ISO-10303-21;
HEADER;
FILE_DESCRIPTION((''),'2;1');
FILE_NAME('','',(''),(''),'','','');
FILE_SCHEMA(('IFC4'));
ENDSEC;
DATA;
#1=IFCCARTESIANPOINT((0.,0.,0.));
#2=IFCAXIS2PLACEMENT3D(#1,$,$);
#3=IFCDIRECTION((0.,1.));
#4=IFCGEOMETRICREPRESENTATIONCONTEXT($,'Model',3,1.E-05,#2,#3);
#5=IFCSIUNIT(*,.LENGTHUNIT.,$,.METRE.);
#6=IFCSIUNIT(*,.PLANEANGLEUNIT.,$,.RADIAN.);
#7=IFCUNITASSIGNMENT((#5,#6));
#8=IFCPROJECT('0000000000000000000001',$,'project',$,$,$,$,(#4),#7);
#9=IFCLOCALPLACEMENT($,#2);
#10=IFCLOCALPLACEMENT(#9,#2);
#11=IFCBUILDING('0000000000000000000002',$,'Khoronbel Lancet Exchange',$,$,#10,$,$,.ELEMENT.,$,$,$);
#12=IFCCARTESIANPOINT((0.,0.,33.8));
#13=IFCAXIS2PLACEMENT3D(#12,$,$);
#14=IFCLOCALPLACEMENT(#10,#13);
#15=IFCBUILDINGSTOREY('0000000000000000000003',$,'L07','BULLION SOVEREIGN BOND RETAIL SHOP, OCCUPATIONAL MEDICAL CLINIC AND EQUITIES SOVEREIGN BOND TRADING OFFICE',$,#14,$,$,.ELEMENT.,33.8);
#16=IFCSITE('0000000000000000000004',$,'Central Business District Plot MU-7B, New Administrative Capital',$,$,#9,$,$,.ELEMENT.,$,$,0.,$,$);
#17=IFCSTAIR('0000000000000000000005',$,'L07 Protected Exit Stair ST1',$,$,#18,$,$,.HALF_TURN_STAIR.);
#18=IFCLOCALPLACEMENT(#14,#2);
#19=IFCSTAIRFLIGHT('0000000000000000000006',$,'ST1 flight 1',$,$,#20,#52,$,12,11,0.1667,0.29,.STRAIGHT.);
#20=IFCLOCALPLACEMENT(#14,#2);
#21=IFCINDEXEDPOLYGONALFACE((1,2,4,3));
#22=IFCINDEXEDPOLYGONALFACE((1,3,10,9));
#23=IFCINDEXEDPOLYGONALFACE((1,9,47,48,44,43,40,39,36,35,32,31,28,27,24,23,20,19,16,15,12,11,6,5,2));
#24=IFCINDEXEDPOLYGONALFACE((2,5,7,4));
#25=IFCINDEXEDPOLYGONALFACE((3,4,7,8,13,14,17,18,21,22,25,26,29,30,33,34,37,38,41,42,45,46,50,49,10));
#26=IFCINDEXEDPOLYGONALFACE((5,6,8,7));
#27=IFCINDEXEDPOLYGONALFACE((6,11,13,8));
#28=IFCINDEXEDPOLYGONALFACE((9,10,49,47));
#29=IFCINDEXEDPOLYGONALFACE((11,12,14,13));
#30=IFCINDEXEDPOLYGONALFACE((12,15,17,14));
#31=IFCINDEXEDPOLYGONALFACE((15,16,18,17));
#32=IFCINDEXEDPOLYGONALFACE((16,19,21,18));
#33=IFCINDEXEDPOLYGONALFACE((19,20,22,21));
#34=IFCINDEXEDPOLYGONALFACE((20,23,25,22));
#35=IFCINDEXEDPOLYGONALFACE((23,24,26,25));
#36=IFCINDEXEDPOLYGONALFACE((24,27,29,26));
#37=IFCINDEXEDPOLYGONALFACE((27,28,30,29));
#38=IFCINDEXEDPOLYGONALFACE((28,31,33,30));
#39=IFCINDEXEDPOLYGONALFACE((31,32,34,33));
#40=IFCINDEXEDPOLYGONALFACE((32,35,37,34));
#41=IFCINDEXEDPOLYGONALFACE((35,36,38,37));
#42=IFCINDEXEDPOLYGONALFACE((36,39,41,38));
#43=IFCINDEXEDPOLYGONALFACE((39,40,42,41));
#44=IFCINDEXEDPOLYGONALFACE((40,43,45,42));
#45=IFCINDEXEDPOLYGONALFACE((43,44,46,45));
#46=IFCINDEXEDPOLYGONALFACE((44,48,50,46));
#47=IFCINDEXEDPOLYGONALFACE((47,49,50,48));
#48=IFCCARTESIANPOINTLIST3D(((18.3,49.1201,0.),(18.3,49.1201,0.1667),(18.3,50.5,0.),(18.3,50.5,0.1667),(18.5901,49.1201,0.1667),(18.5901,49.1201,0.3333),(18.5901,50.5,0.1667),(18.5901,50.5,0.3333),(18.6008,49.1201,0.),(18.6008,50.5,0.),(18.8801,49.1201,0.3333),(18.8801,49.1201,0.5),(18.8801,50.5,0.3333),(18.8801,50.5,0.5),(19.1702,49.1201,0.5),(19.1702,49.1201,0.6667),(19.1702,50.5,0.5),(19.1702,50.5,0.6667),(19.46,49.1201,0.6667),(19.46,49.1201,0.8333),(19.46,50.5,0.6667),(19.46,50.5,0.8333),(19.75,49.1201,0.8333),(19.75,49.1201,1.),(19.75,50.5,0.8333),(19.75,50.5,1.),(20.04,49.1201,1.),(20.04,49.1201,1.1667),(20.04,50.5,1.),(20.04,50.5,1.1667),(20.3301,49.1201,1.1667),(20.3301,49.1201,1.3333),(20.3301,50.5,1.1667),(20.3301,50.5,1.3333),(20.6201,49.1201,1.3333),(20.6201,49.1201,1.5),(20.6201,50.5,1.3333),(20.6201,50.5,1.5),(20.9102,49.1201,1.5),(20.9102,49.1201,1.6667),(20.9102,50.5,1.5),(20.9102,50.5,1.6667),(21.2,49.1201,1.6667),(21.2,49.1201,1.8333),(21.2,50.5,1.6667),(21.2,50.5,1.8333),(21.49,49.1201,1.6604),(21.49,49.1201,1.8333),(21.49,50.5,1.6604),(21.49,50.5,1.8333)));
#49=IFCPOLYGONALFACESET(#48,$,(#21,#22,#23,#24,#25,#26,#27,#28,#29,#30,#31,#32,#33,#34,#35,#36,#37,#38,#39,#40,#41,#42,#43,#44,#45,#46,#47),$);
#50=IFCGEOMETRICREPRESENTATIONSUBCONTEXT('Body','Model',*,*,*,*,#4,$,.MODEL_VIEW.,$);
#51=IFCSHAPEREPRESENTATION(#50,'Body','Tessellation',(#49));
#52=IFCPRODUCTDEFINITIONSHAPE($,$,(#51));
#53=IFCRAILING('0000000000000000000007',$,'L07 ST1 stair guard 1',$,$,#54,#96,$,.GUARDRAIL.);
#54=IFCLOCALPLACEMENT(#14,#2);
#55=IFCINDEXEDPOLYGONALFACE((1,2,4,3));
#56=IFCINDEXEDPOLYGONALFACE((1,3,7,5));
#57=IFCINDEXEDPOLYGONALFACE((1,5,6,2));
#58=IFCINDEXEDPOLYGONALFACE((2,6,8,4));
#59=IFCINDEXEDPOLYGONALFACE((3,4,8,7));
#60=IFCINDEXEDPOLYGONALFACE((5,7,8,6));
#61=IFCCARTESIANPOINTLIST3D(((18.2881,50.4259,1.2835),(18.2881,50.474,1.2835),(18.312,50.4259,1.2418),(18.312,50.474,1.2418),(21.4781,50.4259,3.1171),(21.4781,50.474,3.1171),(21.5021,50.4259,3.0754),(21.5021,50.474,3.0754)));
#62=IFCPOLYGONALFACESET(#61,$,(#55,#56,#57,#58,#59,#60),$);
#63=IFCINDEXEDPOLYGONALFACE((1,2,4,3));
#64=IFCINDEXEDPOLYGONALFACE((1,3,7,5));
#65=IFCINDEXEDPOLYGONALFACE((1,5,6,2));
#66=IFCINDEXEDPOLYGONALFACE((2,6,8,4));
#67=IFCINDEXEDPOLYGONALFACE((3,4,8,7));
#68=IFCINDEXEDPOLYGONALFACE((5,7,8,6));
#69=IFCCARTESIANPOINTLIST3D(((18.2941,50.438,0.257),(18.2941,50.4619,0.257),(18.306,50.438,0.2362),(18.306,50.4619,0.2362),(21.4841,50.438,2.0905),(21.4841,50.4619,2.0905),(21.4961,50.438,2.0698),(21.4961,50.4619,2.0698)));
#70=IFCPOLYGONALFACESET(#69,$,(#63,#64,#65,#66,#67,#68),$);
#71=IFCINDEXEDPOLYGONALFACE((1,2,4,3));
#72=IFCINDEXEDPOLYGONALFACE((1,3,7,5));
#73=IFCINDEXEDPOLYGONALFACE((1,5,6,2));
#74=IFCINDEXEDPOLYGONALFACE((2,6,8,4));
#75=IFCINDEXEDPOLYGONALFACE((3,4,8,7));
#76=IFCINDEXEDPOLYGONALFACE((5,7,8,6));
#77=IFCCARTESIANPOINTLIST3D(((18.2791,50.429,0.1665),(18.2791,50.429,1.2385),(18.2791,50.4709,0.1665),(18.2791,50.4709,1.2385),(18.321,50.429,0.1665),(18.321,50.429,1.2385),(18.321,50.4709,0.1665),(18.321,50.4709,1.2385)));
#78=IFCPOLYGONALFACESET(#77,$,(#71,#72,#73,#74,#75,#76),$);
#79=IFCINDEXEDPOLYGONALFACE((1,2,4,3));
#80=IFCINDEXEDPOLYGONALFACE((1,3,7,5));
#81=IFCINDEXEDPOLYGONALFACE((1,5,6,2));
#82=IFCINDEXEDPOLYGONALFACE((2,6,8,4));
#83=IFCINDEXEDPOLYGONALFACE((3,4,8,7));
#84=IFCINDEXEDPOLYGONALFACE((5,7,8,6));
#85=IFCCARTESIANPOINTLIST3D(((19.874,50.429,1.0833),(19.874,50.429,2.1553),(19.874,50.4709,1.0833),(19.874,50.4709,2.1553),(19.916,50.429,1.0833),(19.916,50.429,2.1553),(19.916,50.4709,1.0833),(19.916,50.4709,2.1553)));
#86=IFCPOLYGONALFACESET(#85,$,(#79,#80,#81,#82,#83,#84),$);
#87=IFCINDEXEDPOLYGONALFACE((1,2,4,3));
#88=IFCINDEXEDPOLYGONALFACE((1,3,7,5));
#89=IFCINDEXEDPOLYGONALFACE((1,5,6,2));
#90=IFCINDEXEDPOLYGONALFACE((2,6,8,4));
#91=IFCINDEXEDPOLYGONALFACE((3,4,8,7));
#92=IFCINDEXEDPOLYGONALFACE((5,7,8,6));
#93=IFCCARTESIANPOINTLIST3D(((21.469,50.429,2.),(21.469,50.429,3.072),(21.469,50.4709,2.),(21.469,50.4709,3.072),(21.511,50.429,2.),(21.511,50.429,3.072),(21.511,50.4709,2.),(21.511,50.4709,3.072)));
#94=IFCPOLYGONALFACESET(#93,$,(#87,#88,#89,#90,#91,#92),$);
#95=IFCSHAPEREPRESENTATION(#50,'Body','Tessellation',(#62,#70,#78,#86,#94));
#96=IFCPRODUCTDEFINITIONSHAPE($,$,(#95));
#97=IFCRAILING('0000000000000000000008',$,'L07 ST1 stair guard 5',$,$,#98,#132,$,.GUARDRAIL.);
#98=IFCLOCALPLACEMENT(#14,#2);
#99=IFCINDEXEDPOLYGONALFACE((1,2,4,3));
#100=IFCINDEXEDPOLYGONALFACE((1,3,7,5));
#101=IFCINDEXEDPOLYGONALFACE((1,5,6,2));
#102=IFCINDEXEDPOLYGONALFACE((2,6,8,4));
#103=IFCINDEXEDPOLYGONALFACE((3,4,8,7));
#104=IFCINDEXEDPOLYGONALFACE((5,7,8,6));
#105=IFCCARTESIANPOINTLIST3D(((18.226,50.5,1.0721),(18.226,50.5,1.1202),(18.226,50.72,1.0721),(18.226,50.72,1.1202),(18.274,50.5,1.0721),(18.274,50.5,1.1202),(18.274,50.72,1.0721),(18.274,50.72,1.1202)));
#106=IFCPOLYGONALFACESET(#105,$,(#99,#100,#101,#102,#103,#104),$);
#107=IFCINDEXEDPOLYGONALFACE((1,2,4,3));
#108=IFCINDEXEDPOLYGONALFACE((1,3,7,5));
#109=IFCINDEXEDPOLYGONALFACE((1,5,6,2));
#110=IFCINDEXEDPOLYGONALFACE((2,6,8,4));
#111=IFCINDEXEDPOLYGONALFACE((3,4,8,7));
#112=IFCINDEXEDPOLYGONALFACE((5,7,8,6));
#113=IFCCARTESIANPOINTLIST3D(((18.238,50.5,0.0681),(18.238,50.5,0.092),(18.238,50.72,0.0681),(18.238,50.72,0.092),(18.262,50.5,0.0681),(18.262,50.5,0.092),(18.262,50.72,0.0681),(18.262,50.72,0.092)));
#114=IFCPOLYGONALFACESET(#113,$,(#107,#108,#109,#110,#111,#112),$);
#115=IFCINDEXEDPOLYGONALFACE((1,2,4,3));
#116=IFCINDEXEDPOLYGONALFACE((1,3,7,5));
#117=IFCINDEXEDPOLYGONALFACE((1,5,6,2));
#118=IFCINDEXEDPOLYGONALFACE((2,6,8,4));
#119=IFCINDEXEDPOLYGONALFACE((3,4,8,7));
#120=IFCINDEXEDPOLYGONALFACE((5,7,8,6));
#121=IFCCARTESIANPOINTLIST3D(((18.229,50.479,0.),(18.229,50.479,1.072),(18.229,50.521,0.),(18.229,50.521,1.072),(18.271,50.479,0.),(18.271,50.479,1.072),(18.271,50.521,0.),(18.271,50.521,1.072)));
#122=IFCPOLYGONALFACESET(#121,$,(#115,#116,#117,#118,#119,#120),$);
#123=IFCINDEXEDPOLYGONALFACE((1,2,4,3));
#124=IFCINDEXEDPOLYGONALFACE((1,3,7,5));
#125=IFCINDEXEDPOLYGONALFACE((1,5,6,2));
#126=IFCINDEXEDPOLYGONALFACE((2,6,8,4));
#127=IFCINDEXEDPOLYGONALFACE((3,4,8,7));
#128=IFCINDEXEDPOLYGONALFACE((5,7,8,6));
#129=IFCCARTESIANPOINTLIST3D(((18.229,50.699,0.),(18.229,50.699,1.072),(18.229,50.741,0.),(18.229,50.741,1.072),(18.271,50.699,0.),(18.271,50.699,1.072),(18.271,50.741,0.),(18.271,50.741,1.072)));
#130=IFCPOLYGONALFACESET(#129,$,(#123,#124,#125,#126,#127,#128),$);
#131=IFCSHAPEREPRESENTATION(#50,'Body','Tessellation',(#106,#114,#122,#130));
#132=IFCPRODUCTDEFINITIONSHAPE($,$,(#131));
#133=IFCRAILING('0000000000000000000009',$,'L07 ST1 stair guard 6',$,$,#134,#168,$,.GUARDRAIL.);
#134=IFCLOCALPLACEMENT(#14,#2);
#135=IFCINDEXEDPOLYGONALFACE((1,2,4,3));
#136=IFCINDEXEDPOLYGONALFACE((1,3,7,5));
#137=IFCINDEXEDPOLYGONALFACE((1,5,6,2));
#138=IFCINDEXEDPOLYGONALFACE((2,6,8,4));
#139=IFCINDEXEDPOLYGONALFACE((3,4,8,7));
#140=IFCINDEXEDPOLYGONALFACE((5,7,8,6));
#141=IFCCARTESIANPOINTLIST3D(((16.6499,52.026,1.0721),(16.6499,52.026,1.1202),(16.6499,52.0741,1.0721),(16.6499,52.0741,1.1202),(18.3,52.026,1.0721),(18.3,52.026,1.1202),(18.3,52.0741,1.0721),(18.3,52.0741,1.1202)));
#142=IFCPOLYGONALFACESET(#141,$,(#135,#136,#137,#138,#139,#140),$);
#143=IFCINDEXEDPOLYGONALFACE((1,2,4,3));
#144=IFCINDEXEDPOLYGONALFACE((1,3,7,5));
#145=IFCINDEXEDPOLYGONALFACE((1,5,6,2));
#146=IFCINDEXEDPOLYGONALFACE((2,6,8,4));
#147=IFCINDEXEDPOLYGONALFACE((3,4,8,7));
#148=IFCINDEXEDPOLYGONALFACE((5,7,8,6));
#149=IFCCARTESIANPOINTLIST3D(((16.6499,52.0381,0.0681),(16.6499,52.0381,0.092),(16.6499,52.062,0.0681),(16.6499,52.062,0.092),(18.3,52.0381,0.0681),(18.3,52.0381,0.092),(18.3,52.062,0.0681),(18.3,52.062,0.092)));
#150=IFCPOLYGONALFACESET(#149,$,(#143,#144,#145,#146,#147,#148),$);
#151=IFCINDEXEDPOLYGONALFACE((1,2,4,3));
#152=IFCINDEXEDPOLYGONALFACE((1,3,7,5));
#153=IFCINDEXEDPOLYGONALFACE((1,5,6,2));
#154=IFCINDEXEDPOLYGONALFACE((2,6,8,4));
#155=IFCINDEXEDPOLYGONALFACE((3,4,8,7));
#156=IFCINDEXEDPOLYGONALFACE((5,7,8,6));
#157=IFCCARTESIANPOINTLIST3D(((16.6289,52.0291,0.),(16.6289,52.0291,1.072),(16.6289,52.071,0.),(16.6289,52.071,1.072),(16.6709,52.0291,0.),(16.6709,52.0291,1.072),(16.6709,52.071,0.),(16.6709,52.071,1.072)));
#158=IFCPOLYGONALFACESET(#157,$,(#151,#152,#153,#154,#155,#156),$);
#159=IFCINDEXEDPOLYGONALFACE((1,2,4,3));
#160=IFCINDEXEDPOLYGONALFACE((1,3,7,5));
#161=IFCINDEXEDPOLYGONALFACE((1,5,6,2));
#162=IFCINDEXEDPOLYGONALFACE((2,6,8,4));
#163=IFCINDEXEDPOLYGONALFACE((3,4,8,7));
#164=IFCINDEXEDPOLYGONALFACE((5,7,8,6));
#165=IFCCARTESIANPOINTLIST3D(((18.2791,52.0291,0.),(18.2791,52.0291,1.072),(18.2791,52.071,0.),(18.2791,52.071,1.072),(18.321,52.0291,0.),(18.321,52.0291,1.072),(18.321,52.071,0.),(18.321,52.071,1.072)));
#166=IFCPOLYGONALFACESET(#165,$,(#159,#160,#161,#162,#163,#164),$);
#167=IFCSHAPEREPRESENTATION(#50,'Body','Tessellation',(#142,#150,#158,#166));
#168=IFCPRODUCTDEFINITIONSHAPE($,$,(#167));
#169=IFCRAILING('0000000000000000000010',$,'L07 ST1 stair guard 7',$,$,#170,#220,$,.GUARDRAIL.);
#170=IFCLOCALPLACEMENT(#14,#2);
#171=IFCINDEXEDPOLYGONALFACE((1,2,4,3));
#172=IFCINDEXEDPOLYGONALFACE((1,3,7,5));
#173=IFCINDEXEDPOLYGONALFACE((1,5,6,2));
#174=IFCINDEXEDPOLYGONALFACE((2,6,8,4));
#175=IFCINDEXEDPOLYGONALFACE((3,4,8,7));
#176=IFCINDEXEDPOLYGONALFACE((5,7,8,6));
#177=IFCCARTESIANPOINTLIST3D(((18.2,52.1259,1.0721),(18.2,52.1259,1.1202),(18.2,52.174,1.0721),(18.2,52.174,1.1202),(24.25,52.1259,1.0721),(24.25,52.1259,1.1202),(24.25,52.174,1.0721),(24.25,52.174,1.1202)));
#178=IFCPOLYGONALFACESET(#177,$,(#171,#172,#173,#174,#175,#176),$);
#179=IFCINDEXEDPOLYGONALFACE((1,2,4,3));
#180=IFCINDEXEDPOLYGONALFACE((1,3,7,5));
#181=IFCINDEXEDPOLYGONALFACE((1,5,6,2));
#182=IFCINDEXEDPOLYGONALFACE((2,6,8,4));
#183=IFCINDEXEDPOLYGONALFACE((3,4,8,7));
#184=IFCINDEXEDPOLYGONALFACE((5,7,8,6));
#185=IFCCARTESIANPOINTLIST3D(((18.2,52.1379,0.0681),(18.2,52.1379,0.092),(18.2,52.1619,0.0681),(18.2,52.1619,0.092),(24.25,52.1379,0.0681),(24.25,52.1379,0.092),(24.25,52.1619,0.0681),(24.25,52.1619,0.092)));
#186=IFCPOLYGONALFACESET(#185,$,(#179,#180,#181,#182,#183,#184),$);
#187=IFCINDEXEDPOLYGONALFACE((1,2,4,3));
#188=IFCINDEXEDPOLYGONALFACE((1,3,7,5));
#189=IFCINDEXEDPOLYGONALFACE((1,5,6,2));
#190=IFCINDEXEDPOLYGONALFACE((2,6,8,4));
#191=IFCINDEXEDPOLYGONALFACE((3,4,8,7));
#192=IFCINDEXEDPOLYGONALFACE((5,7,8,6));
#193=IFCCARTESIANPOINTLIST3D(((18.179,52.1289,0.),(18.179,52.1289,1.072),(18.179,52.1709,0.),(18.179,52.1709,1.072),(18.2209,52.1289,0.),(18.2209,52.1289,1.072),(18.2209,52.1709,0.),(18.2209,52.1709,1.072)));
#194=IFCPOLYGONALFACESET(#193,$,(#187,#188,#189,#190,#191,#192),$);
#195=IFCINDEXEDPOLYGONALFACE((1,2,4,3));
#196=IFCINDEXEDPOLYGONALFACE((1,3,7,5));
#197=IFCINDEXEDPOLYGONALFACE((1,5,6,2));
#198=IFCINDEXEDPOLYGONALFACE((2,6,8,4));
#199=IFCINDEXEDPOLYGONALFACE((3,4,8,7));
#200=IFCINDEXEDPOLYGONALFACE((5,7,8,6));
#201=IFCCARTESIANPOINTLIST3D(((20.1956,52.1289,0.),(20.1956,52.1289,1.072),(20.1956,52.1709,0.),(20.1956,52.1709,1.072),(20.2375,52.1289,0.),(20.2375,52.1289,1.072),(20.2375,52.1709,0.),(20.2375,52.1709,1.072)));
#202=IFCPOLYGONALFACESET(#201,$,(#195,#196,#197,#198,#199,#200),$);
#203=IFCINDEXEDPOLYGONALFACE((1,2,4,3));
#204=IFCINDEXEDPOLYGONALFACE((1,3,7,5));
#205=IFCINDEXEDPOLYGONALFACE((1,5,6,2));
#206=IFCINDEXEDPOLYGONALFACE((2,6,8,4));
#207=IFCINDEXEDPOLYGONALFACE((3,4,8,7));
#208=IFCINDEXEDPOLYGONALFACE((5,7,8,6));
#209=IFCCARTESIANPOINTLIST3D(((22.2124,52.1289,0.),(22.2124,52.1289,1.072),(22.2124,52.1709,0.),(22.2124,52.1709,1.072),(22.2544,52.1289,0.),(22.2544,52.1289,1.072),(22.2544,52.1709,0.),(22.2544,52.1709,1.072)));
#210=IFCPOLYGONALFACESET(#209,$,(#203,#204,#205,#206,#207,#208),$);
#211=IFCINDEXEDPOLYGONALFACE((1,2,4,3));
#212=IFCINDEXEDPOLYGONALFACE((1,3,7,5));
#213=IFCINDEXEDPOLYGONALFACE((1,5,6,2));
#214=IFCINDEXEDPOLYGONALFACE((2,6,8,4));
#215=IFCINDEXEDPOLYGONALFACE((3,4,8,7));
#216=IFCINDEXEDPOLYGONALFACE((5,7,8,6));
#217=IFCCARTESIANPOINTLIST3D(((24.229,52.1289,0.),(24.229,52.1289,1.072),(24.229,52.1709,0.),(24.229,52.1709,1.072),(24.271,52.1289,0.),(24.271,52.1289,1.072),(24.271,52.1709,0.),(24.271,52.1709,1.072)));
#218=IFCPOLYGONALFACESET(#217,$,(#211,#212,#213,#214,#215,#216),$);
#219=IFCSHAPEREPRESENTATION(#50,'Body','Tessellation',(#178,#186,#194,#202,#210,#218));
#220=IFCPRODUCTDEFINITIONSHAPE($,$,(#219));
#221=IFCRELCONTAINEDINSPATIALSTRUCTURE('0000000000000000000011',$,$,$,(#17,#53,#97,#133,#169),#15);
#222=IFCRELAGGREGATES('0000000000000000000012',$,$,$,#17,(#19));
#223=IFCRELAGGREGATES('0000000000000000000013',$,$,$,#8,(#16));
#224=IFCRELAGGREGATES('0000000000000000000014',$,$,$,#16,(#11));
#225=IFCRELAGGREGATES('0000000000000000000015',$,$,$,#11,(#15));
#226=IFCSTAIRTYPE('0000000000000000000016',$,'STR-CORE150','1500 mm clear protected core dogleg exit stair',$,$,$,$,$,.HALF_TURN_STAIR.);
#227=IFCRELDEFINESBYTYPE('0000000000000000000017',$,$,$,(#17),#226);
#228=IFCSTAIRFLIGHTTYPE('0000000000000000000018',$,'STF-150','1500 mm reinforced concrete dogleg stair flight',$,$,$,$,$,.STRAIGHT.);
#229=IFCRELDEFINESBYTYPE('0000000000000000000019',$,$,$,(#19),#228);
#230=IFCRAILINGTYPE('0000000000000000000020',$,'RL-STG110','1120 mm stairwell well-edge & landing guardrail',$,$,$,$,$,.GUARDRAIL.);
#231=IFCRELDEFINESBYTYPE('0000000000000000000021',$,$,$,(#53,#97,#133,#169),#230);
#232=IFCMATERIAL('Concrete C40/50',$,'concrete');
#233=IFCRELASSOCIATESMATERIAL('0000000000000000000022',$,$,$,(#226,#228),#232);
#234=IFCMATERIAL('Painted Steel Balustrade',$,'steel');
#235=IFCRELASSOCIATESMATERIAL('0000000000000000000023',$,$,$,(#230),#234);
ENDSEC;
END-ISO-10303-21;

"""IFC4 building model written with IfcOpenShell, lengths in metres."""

from ifc_helpers import new_model, si_unit, direction, frame, origin, origin_2d, place, context, subcontext, project, spatial, polyline, rectangle, outline, extrude, material, type_object, element, aggregate, save


model = new_model("IFC4")

# Units and contexts
model_context = context("Model", 3, precision=1e-05, world=origin(), true_north=direction((0.0, 1.0)))
body_context = subcontext(model_context, "Body", "Model", "MODEL_VIEW")
ifc_project = project(units=[si_unit("LENGTHUNIT", "METRE"), si_unit("PLANEANGLEUNIT", "RADIAN")], contexts=[model_context])

# Site, building, storey
site_placement = place(None, origin())
site = spatial("IfcSite", under=ifc_project, at=site_placement, Name="Central Business District Plot MU-7B, New Administrative Capital", CompositionType="ELEMENT", RefElevation=0.0)
building_placement = place(site_placement, origin())
building = spatial("IfcBuilding", under=site, at=building_placement, Name="Khoronbel Lancet Exchange", CompositionType="ELEMENT")
storey_placement = place(building_placement, frame((0.0, 0.0, 33.8)))
storey = spatial("IfcBuildingStorey", under=building, at=storey_placement, Name="L07", Description="BULLION SOVEREIGN BOND RETAIL SHOP, OCCUPATIONAL MEDICAL CLINIC AND EQUITIES SOVEREIGN BOND TRADING OFFICE", CompositionType="ELEMENT", Elevation=33.8)

# Stair, stair flight
ifc_material_1 = material(Name="Concrete C40/50", Category="concrete")
stair_type = type_object("IfcStairType", Name="STR-CORE150", Description="1500 mm clear protected core dogleg exit stair", PredefinedType="HALF_TURN_STAIR", material=ifc_material_1)
stair_placement = place(storey_placement, origin())
stair = element("IfcStair", 1, at=stair_placement, inside=storey, type_object=stair_type, Name="L07 Protected Exit Stair ST1", PredefinedType="HALF_TURN_STAIR")
stair_flight_type = type_object("IfcStairFlightType", Name="STF-150", Description="1500 mm reinforced concrete dogleg stair flight", PredefinedType="STRAIGHT", material=ifc_material_1)
stair_flight_placement = place(storey_placement, frame((18.3, 49.8101, 0.0), z_axis=(0.0, 0.0, 1.0), x_axis=(1.0, 0.0, 0.0)))
stair_flight = element("IfcStairFlight", 2, at=stair_flight_placement, type_object=stair_flight_type, Name="ST1 flight 1", NumberOfRisers=12, NumberOfTreads=11, PredefinedType="STRAIGHT", RiserHeight=0.1667, TreadLength=0.29, context=body_context, shape_type="SweptSolid", body=[
    extrude(outline(polyline([(0.0, 0.0), (0.0, 0.1667), (0.29, 0.1667), (0.29, 0.3333), (0.5801, 0.3333), (0.5801, 0.5), (0.8701, 0.5), (0.8701, 0.6667), (1.1599, 0.6667), (1.1599, 0.8333), (1.45, 0.8333), (1.45, 1.0), (1.74, 1.0), (1.74, 1.1667), (2.03, 1.1667), (2.03, 1.3333), (2.3201, 1.3333), (2.3201, 1.5), (2.6101, 1.5), (2.6101, 1.6667), (2.8999, 1.6667), (2.8999, 1.8333), (3.1899, 1.8333), (3.1899, 2.0), (3.1899, 1.6604), (0.3008, 0.0), (0.0, 0.0)])), frame((0.0, 0.6899, 0.0), z_axis=(0.0, -1.0, 0.0), x_axis=(1.0, 0.0, 0.0)), (0.0, 0.0, 1.0), 1.3799),
])
aggregate(stair, [stair_flight])

# Railings
ifc_material_2 = material(Name="Painted Steel Balustrade", Category="steel")
railing_type_1 = type_object("IfcRailingType", Name="RL-STG110", Description="1120 mm stairwell well-edge & landing guardrail", PredefinedType="GUARDRAIL", material=ifc_material_2)
railing_1_placement = place(storey_placement, frame((18.3, 50.45, 0.1665)))
element("IfcRailing", 3, at=railing_1_placement, inside=storey, type_object=railing_type_1, Name="L07 ST1 stair guard 1", PredefinedType="GUARDRAIL", context=body_context, shape_type="SweptSolid", body=[
    extrude(rectangle(XDim=0.0481, YDim=0.0481, at=origin_2d()), frame((0.0, 0.0, 1.0962), z_axis=(0.866991, 0.0, 0.498324), x_axis=(0.0, 1.0, 0.0)), (0.0, 0.0, 1.0), 3.6794),
    extrude(rectangle(XDim=0.0239, YDim=0.0239, at=origin_2d()), frame((0.0, 0.0, 0.0801), z_axis=(0.866991, 0.0, 0.498324), x_axis=(0.0, 1.0, 0.0)), (0.0, 0.0, 1.0), 3.6794),
    extrude(rectangle(XDim=0.042, YDim=0.042, at=origin_2d()), origin(), (0.0, 0.0, 1.0), 1.072),
    extrude(rectangle(XDim=0.042, YDim=0.042, at=origin_2d()), frame((1.595, 0.0, 0.9167)), (0.0, 0.0, 1.0), 1.072),
    extrude(rectangle(XDim=0.042, YDim=0.042, at=origin_2d()), frame((3.1899, 0.0, 1.8335)), (0.0, 0.0, 1.0), 1.072),
])
railing_2_placement = place(storey_placement, frame((18.25, 50.5, 0.0)))
element("IfcRailing", 4, at=railing_2_placement, inside=storey, type_object=railing_type_1, Name="L07 ST1 stair guard 5", PredefinedType="GUARDRAIL", context=body_context, shape_type="SweptSolid", body=[
    extrude(rectangle(XDim=0.0481, YDim=0.0481, at=origin_2d()), frame((0.0, 0.0, 1.0962), z_axis=(0.0, 1.0, 0.0), x_axis=(-1.0, 0.0, 0.0)), (0.0, 0.0, 1.0), 0.22),
    extrude(rectangle(XDim=0.0239, YDim=0.0239, at=origin_2d()), frame((0.0, 0.0, 0.0801), z_axis=(0.0, 1.0, 0.0), x_axis=(-1.0, 0.0, 0.0)), (0.0, 0.0, 1.0), 0.22),
    extrude(rectangle(XDim=0.042, YDim=0.042, at=origin_2d()), origin(), (0.0, 0.0, 1.0), 1.072),
    extrude(rectangle(XDim=0.042, YDim=0.042, at=origin_2d()), frame((0.0, 0.22, 0.0)), (0.0, 0.0, 1.0), 1.072),
])
railing_3_placement = place(storey_placement, frame((16.6499, 52.05, 0.0)))
element("IfcRailing", 5, at=railing_3_placement, inside=storey, type_object=railing_type_1, Name="L07 ST1 stair guard 6", PredefinedType="GUARDRAIL", context=body_context, shape_type="SweptSolid", body=[
    extrude(rectangle(XDim=0.0481, YDim=0.0481, at=origin_2d()), frame((0.0, 0.0, 1.0962), z_axis=(1.0, 0.0, 0.0), x_axis=(0.0, 1.0, 0.0)), (0.0, 0.0, 1.0), 1.6501),
    extrude(rectangle(XDim=0.0239, YDim=0.0239, at=origin_2d()), frame((0.0, 0.0, 0.0801), z_axis=(1.0, 0.0, 0.0), x_axis=(0.0, 1.0, 0.0)), (0.0, 0.0, 1.0), 1.6501),
    extrude(rectangle(XDim=0.042, YDim=0.042, at=origin_2d()), origin(), (0.0, 0.0, 1.0), 1.072),
    extrude(rectangle(XDim=0.042, YDim=0.042, at=origin_2d()), frame((1.6501, 0.0, 0.0)), (0.0, 0.0, 1.0), 1.072),
])
railing_4_placement = place(storey_placement, frame((18.2, 52.1499, 0.0)))
element("IfcRailing", 6, at=railing_4_placement, inside=storey, type_object=railing_type_1, Name="L07 ST1 stair guard 7", PredefinedType="GUARDRAIL", context=body_context, shape_type="SweptSolid", body=[
    extrude(rectangle(XDim=0.0481, YDim=0.0481, at=origin_2d()), frame((0.0, 0.0, 1.0962), z_axis=(1.0, 0.0, 0.0), x_axis=(0.0, 1.0, 0.0)), (0.0, 0.0, 1.0), 6.05),
    extrude(rectangle(XDim=0.0239, YDim=0.0239, at=origin_2d()), frame((0.0, 0.0, 0.0801), z_axis=(1.0, 0.0, 0.0), x_axis=(0.0, 1.0, 0.0)), (0.0, 0.0, 1.0), 6.05),
    extrude(rectangle(XDim=0.042, YDim=0.042, at=origin_2d()), origin(), (0.0, 0.0, 1.0), 1.072),
    extrude(rectangle(XDim=0.042, YDim=0.042, at=origin_2d()), frame((2.0166, 0.0, 0.0)), (0.0, 0.0, 1.0), 1.072),
    extrude(rectangle(XDim=0.042, YDim=0.042, at=origin_2d()), frame((4.0334, 0.0, 0.0)), (0.0, 0.0, 1.0), 1.072),
    extrude(rectangle(XDim=0.042, YDim=0.042, at=origin_2d()), frame((6.05, 0.0, 0.0)), (0.0, 0.0, 1.0), 1.072),
])

save(model, "model.ifc")
